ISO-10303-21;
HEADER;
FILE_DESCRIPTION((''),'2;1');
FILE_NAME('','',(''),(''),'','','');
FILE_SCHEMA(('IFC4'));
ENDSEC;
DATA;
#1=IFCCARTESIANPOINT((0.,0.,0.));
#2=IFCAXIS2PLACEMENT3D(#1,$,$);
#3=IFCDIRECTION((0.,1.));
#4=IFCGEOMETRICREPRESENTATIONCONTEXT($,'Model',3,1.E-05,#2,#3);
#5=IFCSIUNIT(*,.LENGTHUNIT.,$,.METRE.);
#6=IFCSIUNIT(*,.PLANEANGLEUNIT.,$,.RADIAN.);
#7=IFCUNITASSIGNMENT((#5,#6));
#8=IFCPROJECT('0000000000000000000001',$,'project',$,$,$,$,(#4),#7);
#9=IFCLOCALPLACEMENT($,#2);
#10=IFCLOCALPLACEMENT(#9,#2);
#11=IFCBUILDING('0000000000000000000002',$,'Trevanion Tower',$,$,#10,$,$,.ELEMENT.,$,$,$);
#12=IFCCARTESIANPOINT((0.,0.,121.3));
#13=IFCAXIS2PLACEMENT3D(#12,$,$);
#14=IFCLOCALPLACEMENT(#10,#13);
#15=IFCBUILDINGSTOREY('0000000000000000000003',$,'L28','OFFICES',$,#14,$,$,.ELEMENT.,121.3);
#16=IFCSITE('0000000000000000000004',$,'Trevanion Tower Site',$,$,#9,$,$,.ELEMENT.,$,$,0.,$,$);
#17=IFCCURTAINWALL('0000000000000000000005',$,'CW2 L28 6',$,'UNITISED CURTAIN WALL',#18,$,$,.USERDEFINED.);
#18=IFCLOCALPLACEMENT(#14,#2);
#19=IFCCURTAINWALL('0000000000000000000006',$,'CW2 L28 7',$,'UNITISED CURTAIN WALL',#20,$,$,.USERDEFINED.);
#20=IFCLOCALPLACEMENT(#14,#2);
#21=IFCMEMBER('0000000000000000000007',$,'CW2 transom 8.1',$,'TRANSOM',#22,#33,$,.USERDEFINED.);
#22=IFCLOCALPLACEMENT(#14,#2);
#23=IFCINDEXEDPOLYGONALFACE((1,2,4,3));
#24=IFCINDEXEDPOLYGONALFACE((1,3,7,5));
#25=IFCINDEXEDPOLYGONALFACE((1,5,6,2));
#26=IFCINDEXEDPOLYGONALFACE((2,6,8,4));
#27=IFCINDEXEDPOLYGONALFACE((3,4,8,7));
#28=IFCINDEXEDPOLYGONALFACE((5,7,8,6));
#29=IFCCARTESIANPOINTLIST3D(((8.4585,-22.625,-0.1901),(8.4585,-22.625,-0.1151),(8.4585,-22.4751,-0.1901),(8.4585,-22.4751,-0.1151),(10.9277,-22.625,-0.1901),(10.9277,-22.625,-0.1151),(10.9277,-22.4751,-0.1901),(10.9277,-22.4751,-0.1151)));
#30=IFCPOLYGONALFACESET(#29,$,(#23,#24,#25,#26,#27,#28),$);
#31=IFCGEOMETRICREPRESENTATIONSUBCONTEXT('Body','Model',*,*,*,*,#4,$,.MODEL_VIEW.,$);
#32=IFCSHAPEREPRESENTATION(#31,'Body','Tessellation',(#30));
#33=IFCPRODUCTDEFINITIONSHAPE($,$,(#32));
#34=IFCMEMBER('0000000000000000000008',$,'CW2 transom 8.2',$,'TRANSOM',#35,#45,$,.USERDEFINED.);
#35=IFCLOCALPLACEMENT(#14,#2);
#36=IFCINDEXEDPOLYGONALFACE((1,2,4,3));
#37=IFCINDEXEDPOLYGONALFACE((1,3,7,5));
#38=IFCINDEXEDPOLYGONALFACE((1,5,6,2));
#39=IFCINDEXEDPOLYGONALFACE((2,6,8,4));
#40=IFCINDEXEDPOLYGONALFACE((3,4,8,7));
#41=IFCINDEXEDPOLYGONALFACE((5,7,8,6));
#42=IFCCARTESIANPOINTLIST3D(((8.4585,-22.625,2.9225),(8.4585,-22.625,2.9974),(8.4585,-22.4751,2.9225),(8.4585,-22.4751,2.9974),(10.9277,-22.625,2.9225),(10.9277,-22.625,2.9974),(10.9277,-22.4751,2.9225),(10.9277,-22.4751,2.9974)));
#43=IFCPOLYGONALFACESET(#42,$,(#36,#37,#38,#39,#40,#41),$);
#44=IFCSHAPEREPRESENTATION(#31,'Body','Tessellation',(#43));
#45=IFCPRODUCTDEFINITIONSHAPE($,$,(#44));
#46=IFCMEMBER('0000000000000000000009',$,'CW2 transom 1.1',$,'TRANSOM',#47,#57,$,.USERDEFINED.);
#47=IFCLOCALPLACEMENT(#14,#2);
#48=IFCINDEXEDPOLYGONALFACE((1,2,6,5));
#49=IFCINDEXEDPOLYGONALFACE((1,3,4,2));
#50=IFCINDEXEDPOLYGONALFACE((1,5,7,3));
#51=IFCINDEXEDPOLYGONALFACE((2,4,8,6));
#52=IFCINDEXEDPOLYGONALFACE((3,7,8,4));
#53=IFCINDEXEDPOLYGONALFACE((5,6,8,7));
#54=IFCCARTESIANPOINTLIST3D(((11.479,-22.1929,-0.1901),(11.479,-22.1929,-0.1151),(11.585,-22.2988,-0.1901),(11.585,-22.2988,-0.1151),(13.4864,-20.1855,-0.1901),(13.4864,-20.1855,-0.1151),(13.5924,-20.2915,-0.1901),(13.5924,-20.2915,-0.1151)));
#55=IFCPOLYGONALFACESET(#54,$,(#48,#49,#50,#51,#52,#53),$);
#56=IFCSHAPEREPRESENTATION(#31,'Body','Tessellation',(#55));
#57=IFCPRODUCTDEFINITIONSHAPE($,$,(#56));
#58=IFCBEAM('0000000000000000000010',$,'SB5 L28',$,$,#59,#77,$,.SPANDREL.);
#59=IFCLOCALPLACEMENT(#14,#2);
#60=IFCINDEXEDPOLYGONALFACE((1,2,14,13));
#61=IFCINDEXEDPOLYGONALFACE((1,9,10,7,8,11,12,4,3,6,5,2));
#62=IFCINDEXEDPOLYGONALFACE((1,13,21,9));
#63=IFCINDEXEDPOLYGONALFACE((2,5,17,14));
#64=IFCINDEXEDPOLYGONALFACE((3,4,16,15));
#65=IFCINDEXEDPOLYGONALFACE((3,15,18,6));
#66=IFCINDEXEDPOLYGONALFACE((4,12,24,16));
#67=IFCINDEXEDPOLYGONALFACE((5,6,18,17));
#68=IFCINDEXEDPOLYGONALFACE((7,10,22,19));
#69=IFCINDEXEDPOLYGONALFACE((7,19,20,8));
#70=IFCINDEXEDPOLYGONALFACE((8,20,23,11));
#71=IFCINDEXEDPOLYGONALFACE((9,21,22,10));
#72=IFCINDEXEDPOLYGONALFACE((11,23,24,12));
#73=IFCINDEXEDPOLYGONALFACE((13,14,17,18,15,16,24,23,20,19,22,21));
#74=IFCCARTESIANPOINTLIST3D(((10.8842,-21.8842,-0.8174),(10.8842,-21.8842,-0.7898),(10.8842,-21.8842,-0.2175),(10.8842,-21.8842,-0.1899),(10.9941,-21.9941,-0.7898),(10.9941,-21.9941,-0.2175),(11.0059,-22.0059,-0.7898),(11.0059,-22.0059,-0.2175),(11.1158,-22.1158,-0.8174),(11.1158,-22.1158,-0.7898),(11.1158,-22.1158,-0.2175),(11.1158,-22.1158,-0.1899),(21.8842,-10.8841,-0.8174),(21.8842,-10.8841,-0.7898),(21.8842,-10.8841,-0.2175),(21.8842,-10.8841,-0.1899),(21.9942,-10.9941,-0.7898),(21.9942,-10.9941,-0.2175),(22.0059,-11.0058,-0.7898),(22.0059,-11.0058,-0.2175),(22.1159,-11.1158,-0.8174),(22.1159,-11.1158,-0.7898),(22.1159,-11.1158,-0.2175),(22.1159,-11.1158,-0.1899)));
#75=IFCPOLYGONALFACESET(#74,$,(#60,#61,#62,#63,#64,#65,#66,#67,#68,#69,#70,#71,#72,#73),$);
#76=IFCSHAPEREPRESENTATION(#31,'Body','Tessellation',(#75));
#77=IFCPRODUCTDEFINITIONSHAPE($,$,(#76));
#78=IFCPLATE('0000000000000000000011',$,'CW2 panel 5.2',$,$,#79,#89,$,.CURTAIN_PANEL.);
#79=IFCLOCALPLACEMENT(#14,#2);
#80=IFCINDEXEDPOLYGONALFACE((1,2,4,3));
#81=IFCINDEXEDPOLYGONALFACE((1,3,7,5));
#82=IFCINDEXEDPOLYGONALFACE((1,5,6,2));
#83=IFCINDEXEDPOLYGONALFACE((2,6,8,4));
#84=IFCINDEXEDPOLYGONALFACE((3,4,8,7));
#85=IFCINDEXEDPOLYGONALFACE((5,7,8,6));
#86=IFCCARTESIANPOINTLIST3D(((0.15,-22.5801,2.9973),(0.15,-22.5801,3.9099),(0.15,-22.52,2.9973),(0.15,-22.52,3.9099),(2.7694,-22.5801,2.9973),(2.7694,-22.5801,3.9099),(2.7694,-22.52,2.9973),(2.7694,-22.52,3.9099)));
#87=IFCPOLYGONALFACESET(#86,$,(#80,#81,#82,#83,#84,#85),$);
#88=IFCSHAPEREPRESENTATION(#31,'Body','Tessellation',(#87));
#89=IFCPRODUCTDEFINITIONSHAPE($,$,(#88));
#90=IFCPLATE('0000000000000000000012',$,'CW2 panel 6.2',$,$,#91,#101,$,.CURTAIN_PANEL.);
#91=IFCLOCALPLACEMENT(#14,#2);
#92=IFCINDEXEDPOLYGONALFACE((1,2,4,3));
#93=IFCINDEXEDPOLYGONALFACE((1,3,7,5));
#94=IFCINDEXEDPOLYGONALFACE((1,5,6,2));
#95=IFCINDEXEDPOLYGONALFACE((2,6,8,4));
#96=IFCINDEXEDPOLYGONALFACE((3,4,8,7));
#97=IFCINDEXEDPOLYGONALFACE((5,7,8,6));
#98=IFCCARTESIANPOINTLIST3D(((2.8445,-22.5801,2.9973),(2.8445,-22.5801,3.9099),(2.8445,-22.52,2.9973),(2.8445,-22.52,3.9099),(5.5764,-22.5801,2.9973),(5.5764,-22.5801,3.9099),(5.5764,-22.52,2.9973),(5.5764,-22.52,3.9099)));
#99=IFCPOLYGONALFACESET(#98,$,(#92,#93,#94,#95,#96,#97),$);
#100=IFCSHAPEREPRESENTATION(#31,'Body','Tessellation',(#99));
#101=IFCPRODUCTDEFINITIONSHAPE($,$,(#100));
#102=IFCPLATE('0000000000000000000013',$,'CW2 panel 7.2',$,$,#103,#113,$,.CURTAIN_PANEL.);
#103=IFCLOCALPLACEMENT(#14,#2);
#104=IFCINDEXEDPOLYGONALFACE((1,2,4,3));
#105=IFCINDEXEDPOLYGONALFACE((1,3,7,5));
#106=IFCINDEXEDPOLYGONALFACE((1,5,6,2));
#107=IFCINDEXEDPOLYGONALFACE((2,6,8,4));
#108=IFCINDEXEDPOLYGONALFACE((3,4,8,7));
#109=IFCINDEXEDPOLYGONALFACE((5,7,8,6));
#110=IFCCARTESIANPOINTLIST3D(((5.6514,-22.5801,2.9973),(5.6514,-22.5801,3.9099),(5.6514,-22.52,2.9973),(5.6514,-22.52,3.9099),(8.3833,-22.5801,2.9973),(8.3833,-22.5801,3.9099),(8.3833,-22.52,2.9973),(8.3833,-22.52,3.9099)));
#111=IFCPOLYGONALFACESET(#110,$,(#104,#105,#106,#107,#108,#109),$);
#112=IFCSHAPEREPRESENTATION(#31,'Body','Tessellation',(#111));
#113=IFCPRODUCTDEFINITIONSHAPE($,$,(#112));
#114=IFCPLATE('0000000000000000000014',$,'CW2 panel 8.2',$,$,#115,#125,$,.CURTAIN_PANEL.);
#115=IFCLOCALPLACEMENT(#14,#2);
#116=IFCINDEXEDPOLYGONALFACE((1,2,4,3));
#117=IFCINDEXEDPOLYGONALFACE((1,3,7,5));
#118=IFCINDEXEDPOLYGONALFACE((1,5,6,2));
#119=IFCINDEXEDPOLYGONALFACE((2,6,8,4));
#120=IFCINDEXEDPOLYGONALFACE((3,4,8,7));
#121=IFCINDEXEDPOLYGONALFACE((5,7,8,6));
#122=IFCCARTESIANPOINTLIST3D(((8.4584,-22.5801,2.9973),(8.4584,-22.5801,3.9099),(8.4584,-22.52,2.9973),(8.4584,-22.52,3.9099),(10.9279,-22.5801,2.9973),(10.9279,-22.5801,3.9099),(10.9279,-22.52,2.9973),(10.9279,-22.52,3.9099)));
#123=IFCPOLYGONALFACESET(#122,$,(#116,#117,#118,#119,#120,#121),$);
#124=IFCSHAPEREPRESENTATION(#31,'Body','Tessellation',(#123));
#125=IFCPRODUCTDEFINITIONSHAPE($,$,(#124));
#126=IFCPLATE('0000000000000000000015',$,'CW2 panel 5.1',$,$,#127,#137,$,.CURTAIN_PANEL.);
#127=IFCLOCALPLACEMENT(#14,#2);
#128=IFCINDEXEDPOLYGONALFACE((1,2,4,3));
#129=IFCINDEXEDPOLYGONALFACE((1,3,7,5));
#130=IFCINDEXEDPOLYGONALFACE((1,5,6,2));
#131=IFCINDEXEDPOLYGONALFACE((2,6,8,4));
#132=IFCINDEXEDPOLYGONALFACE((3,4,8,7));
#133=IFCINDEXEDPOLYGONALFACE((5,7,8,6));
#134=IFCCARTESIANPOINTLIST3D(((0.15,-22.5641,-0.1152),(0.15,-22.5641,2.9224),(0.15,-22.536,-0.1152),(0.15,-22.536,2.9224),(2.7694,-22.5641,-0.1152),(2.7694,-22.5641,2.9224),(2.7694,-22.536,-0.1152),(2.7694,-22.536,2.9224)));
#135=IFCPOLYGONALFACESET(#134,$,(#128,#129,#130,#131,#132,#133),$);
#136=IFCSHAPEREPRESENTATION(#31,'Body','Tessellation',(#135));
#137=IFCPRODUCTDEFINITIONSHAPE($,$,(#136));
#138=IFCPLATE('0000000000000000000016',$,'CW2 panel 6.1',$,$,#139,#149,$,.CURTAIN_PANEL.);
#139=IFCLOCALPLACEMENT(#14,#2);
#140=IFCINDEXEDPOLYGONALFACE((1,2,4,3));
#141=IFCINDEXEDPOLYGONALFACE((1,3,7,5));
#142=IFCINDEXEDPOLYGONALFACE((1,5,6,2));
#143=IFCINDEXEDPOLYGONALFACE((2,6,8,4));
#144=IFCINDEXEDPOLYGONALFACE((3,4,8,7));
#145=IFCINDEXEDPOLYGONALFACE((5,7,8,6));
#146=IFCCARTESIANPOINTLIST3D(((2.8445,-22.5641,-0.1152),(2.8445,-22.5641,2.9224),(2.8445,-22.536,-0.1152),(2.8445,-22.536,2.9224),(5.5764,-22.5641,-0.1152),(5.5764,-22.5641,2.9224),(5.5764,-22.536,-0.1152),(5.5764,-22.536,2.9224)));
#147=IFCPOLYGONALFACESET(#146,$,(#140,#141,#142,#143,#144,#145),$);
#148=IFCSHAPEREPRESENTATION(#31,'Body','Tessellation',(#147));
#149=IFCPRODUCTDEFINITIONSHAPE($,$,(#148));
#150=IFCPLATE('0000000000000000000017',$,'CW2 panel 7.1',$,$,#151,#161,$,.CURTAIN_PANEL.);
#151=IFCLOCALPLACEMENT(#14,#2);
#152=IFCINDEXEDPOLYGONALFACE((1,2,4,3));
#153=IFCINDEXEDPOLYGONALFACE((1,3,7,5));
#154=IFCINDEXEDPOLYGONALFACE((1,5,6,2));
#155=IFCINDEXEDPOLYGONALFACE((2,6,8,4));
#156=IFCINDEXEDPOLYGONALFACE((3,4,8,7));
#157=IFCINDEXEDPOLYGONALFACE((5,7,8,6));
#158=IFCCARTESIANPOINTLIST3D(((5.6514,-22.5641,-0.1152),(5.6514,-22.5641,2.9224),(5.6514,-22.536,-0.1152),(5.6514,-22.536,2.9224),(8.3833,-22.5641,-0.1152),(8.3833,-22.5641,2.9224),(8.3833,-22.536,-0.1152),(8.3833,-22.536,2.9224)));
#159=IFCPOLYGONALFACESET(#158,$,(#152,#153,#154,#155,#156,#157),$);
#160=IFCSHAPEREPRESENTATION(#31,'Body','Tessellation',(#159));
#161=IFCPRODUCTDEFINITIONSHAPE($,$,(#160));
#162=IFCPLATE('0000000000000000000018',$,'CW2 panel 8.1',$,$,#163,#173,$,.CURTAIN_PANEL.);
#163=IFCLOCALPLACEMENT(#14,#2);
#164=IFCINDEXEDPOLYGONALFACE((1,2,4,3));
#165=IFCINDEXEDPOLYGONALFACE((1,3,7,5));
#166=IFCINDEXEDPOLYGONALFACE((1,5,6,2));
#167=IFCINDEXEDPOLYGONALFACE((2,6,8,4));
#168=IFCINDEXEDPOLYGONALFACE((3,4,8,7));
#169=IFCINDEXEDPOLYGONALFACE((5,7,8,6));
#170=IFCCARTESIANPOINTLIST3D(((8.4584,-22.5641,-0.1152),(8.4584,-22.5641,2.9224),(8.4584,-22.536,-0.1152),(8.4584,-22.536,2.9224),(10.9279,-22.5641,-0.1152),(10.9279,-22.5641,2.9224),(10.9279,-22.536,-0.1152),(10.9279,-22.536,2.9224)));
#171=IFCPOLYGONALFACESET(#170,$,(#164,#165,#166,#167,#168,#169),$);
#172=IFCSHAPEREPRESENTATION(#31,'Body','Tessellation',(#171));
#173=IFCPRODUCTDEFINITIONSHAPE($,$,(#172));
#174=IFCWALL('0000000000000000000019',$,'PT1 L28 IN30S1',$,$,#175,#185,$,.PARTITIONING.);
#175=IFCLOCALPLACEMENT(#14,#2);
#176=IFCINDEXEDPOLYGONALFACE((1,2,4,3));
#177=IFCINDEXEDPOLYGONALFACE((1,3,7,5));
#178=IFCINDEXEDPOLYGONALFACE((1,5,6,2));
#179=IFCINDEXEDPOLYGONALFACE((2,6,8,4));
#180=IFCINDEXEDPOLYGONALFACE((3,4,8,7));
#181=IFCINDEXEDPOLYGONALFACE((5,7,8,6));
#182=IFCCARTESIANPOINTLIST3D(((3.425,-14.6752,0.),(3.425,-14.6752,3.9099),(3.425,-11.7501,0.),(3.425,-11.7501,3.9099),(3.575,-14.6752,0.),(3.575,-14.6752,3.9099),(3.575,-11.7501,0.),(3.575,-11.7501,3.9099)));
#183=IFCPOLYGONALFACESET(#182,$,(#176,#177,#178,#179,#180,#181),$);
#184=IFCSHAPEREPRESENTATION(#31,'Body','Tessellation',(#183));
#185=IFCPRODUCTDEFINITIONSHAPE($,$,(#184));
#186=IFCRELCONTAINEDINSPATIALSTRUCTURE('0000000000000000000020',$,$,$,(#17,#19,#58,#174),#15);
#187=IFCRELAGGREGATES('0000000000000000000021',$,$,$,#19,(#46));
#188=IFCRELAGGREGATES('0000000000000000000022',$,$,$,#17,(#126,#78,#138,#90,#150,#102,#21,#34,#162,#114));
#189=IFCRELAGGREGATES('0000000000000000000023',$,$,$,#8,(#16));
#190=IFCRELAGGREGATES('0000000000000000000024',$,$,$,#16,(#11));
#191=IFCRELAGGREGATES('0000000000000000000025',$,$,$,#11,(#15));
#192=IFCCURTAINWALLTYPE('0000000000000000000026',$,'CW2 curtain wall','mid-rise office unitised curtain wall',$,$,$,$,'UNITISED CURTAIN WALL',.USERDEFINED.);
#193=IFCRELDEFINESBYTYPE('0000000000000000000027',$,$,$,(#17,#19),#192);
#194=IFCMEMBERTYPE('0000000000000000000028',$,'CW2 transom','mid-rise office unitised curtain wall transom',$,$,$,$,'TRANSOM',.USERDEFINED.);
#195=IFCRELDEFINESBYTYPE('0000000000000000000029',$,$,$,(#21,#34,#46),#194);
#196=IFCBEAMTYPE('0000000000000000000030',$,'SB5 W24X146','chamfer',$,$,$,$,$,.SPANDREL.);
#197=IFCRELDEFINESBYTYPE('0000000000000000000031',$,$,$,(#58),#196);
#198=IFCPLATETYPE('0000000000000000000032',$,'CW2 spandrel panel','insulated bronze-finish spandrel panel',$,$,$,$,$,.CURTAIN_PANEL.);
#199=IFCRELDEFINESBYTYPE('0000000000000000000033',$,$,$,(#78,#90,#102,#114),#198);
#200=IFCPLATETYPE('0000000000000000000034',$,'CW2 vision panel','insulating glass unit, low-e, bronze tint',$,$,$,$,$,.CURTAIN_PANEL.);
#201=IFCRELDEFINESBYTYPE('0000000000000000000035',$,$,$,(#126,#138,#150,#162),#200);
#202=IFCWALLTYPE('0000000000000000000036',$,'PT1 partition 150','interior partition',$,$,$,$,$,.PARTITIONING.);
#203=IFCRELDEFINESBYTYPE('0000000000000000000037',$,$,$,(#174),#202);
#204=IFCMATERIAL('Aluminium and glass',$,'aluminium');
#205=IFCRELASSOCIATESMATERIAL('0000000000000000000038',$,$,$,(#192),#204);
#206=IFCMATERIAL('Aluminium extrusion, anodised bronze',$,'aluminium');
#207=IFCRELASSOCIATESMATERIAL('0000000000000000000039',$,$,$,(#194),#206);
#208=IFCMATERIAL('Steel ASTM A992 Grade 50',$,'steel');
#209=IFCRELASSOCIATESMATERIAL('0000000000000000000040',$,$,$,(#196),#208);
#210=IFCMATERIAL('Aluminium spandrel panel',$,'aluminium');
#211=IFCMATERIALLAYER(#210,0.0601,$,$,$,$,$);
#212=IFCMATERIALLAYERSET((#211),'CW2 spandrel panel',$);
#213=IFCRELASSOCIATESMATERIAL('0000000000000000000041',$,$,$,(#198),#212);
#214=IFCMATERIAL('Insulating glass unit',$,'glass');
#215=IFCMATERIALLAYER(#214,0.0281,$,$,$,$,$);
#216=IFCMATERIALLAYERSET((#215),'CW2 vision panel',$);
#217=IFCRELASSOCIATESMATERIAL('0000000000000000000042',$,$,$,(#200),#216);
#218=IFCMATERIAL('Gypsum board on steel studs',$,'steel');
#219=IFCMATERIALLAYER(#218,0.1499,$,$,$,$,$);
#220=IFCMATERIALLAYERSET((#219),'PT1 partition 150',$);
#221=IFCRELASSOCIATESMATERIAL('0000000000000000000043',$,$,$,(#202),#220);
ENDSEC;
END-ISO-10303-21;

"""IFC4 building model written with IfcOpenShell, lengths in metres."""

from ifc_helpers import new_model, si_unit, direction, frame, frame_2d, origin, origin_2d, place, context, subcontext, project, spatial, rectangle, i_section, extrude, material, layer, layer_set, material_profile, profile_set, type_object, element, aggregate, save


model = new_model("IFC4")

# Units and contexts
model_context = context("Model", 3, precision=1e-05, world=origin(), true_north=direction((0.0, 1.0)))
body_context = subcontext(model_context, "Body", "Model", "MODEL_VIEW")
ifc_project = project(units=[si_unit("LENGTHUNIT", "METRE"), si_unit("PLANEANGLEUNIT", "RADIAN")], contexts=[model_context])

# Site, building, storey
site_placement = place(None, origin())
site = spatial("IfcSite", under=ifc_project, at=site_placement, Name="Trevanion Tower Site", CompositionType="ELEMENT", RefElevation=0.0)
building_placement = place(site_placement, origin())
building = spatial("IfcBuilding", under=site, at=building_placement, Name="Trevanion Tower", CompositionType="ELEMENT")
storey_placement = place(building_placement, frame((0.0, 0.0, 121.3)))
storey = spatial("IfcBuildingStorey", under=building, at=storey_placement, Name="L28", Description="OFFICES", CompositionType="ELEMENT", Elevation=121.3)

# Curtain wall
ifc_material_1 = material(Name="Aluminium and glass", Category="aluminium")
curtain_wall_type = type_object("IfcCurtainWallType", Name="CW2 curtain wall", Description="mid-rise office unitised curtain wall", ElementType="UNITISED CURTAIN WALL", PredefinedType="USERDEFINED", material=ifc_material_1)
curtain_wall_1_placement = place(storey_placement, origin())
curtain_wall_1 = element("IfcCurtainWall", 1, at=curtain_wall_1_placement, inside=storey, type_object=curtain_wall_type, Name="CW2 L28 6", ObjectType="UNITISED CURTAIN WALL", PredefinedType="USERDEFINED")

# Curtain wall
curtain_wall_2_placement = place(storey_placement, origin())
curtain_wall_2 = element("IfcCurtainWall", 2, at=curtain_wall_2_placement, inside=storey, type_object=curtain_wall_type, Name="CW2 L28 7", ObjectType="UNITISED CURTAIN WALL", PredefinedType="USERDEFINED")

# Members
ifc_material_2 = material(Name="Aluminium extrusion, anodised bronze", Category="aluminium")
ifc_material_profile_1 = material_profile(ifc_material_2, rectangle(XDim=0.1499, YDim=0.075, at=origin_2d()), Name="CW2 transom")
ifc_profile_set_1 = profile_set([ifc_material_profile_1], Name="Aluminium extrusion, anodised bronze")
member_type_1 = type_object("IfcMemberType", Name="CW2 transom", Description="mid-rise office unitised curtain wall transom", ElementType="TRANSOM", PredefinedType="USERDEFINED", material=ifc_profile_set_1)
member_1_placement = place(storey_placement, frame((8.4585, -22.55, -0.1526), z_axis=(1.0, 0.0, 0.0), x_axis=(0.0, 1.0, 0.0)))
member_1 = element("IfcMember", 3, at=member_1_placement, type_object=member_type_1, Name="CW2 transom 8.1", ObjectType="TRANSOM", PredefinedType="USERDEFINED", context=body_context, shape_type="SweptSolid", body=[
    extrude(rectangle(XDim=0.1499, YDim=0.075, at=origin_2d()), origin(), (0.0, 0.0, 1.0), 2.4692),
])
member_2_placement = place(storey_placement, frame((8.4585, -22.55, 2.96), z_axis=(1.0, 0.0, 0.0), x_axis=(0.0, 1.0, 0.0)))
member_2 = element("IfcMember", 4, at=member_2_placement, type_object=member_type_1, Name="CW2 transom 8.2", ObjectType="TRANSOM", PredefinedType="USERDEFINED", context=body_context, shape_type="SweptSolid", body=[
    extrude(rectangle(XDim=0.1499, YDim=0.075, at=origin_2d()), origin(), (0.0, 0.0, 1.0), 2.4692),
])
member_3_placement = place(storey_placement, frame((11.532, -22.2458, -0.1526), z_axis=(0.707107, 0.707107, 0.0), x_axis=(-0.707107, 0.707107, 0.0)))
member_3 = element("IfcMember", 5, at=member_3_placement, type_object=member_type_1, Name="CW2 transom 1.1", ObjectType="TRANSOM", PredefinedType="USERDEFINED", context=body_context, shape_type="SweptSolid", body=[
    extrude(rectangle(XDim=0.1499, YDim=0.075, at=origin_2d()), origin(), (0.0, 0.0, 1.0), 2.8389),
])
aggregate(curtain_wall_2, [member_3])

# Beam
ifc_material_3 = material(Name="Steel ASTM A992 Grade 50", Category="steel")
ifc_material_profile_2 = material_profile(ifc_material_3, i_section(OverallWidth=0.3276, OverallDepth=0.6274, WebThickness=0.0166, FlangeThickness=0.0276, at=origin_2d()), Name="W24X146")
ifc_profile_set_2 = profile_set([ifc_material_profile_2], Name="Steel ASTM A992 Grade 50")
beam_type_1 = type_object("IfcBeamType", Name="SB5 W24X146", Description="chamfer", PredefinedType="SPANDREL", material=ifc_profile_set_2)
beam_1_placement = place(storey_placement, frame((11.0, -22.0, -0.5037), z_axis=(0.707107, 0.707107, 0.0), x_axis=(-0.707107, 0.707107, 0.0)))
element("IfcBeam", 6, at=beam_1_placement, inside=storey, type_object=beam_type_1, Name="SB5 L28", PredefinedType="SPANDREL", context=body_context, shape_type="SweptSolid", body=[
    extrude(i_section(OverallWidth=0.3276, OverallDepth=0.6274, WebThickness=0.0166, FlangeThickness=0.0276, at=origin_2d()), origin(), (0.0, 0.0, 1.0), 15.5564),
])

# Plates
ifc_material_4 = material(Name="Aluminium spandrel panel", Category="aluminium")
ifc_layer_1 = layer(ifc_material_4, 0.0601)
ifc_layer_set_1 = layer_set([ifc_layer_1], Name="CW2 spandrel panel")
plate_type_1 = type_object("IfcPlateType", Name="CW2 spandrel panel", Description="insulated bronze-finish spandrel panel", PredefinedType="CURTAIN_PANEL", material=ifc_layer_set_1)
plate_1_placement = place(storey_placement, frame((1.4597, -22.55, 2.9973), z_axis=(0.0, 0.0, 1.0), x_axis=(1.0, 0.0, 0.0)))
plate_1 = element("IfcPlate", 7, at=plate_1_placement, type_object=plate_type_1, Name="CW2 panel 5.2", PredefinedType="CURTAIN_PANEL", context=body_context, shape_type="SweptSolid", body=[
    extrude(rectangle(XDim=2.6194, YDim=0.0601, at=origin_2d()), origin(), (0.0, 0.0, 1.0), 0.9126),
])
plate_2_placement = place(storey_placement, frame((4.2104, -22.55, 2.9973), z_axis=(0.0, 0.0, 1.0), x_axis=(1.0, 0.0, 0.0)))
plate_2 = element("IfcPlate", 8, at=plate_2_placement, type_object=plate_type_1, Name="CW2 panel 6.2", PredefinedType="CURTAIN_PANEL", context=body_context, shape_type="SweptSolid", body=[
    extrude(rectangle(XDim=2.7319, YDim=0.0601, at=origin_2d()), origin(), (0.0, 0.0, 1.0), 0.9126),
])
plate_3_placement = place(storey_placement, frame((7.0173, -22.55, 2.9973), z_axis=(0.0, 0.0, 1.0), x_axis=(1.0, 0.0, 0.0)))
plate_3 = element("IfcPlate", 9, at=plate_3_placement, type_object=plate_type_1, Name="CW2 panel 7.2", PredefinedType="CURTAIN_PANEL", context=body_context, shape_type="SweptSolid", body=[
    extrude(rectangle(XDim=2.7319, YDim=0.0601, at=origin_2d()), origin(), (0.0, 0.0, 1.0), 0.9126),
])
plate_4_placement = place(storey_placement, frame((9.6931, -22.55, 2.9973), z_axis=(0.0, 0.0, 1.0), x_axis=(1.0, 0.0, 0.0)))
plate_4 = element("IfcPlate", 10, at=plate_4_placement, type_object=plate_type_1, Name="CW2 panel 8.2", PredefinedType="CURTAIN_PANEL", context=body_context, shape_type="SweptSolid", body=[
    extrude(rectangle(XDim=2.4695, YDim=0.0601, at=origin_2d()), origin(), (0.0, 0.0, 1.0), 0.9126),
])
ifc_material_5 = material(Name="Insulating glass unit", Category="glass")
ifc_layer_2 = layer(ifc_material_5, 0.0281)
ifc_layer_set_2 = layer_set([ifc_layer_2], Name="CW2 vision panel")
plate_type_2 = type_object("IfcPlateType", Name="CW2 vision panel", Description="insulating glass unit, low-e, bronze tint", PredefinedType="CURTAIN_PANEL", material=ifc_layer_set_2)
plate_5_placement = place(storey_placement, frame((1.4597, -22.55, -0.1152), z_axis=(0.0, 0.0, 1.0), x_axis=(1.0, 0.0, 0.0)))
plate_5 = element("IfcPlate", 11, at=plate_5_placement, type_object=plate_type_2, Name="CW2 panel 5.1", PredefinedType="CURTAIN_PANEL", context=body_context, shape_type="SweptSolid", body=[
    extrude(rectangle(XDim=2.6194, YDim=0.0281, at=origin_2d()), origin(), (0.0, 0.0, 1.0), 3.0376),
])
plate_6_placement = place(storey_placement, frame((4.2104, -22.55, -0.1152), z_axis=(0.0, 0.0, 1.0), x_axis=(1.0, 0.0, 0.0)))
plate_6 = element("IfcPlate", 12, at=plate_6_placement, type_object=plate_type_2, Name="CW2 panel 6.1", PredefinedType="CURTAIN_PANEL", context=body_context, shape_type="SweptSolid", body=[
    extrude(rectangle(XDim=2.7319, YDim=0.0281, at=origin_2d()), origin(), (0.0, 0.0, 1.0), 3.0376),
])
plate_7_placement = place(storey_placement, frame((7.0173, -22.55, -0.1152), z_axis=(0.0, 0.0, 1.0), x_axis=(1.0, 0.0, 0.0)))
plate_7 = element("IfcPlate", 13, at=plate_7_placement, type_object=plate_type_2, Name="CW2 panel 7.1", PredefinedType="CURTAIN_PANEL", context=body_context, shape_type="SweptSolid", body=[
    extrude(rectangle(XDim=2.7319, YDim=0.0281, at=origin_2d()), origin(), (0.0, 0.0, 1.0), 3.0376),
])
plate_8_placement = place(storey_placement, frame((9.6931, -22.55, -0.1152), z_axis=(0.0, 0.0, 1.0), x_axis=(1.0, 0.0, 0.0)))
plate_8 = element("IfcPlate", 14, at=plate_8_placement, type_object=plate_type_2, Name="CW2 panel 8.1", PredefinedType="CURTAIN_PANEL", context=body_context, shape_type="SweptSolid", body=[
    extrude(rectangle(XDim=2.4695, YDim=0.0281, at=origin_2d()), origin(), (0.0, 0.0, 1.0), 3.0376),
])
aggregate(curtain_wall_1, [plate_5, plate_1, plate_6, plate_2, plate_7, plate_3, member_1, member_2, plate_8, plate_4])

# Wall
ifc_material_6 = material(Name="Gypsum board on steel studs", Category="steel")
ifc_layer_3 = layer(ifc_material_6, 0.1499)
ifc_layer_set_3 = layer_set([ifc_layer_3], Name="PT1 partition 150")
wall_type_1 = type_object("IfcWallType", Name="PT1 partition 150", Description="interior partition", PredefinedType="PARTITIONING", material=ifc_layer_set_3)
wall_1_placement = place(storey_placement, frame((3.5, -14.675, 0.0), z_axis=(0.0, 0.0, 1.0), x_axis=(0.0, 1.0, 0.0)))
element("IfcWall", 15, at=wall_1_placement, inside=storey, type_object=wall_type_1, Name="PT1 L28 IN30S1", PredefinedType="PARTITIONING", context=body_context, shape_type="SweptSolid", body=[
    extrude(rectangle(XDim=2.925, YDim=0.1499, at=frame_2d((1.4624, 0.0))), origin(), (0.0, 0.0, 1.0), 3.9099),
])

save(model, "model.ifc")
